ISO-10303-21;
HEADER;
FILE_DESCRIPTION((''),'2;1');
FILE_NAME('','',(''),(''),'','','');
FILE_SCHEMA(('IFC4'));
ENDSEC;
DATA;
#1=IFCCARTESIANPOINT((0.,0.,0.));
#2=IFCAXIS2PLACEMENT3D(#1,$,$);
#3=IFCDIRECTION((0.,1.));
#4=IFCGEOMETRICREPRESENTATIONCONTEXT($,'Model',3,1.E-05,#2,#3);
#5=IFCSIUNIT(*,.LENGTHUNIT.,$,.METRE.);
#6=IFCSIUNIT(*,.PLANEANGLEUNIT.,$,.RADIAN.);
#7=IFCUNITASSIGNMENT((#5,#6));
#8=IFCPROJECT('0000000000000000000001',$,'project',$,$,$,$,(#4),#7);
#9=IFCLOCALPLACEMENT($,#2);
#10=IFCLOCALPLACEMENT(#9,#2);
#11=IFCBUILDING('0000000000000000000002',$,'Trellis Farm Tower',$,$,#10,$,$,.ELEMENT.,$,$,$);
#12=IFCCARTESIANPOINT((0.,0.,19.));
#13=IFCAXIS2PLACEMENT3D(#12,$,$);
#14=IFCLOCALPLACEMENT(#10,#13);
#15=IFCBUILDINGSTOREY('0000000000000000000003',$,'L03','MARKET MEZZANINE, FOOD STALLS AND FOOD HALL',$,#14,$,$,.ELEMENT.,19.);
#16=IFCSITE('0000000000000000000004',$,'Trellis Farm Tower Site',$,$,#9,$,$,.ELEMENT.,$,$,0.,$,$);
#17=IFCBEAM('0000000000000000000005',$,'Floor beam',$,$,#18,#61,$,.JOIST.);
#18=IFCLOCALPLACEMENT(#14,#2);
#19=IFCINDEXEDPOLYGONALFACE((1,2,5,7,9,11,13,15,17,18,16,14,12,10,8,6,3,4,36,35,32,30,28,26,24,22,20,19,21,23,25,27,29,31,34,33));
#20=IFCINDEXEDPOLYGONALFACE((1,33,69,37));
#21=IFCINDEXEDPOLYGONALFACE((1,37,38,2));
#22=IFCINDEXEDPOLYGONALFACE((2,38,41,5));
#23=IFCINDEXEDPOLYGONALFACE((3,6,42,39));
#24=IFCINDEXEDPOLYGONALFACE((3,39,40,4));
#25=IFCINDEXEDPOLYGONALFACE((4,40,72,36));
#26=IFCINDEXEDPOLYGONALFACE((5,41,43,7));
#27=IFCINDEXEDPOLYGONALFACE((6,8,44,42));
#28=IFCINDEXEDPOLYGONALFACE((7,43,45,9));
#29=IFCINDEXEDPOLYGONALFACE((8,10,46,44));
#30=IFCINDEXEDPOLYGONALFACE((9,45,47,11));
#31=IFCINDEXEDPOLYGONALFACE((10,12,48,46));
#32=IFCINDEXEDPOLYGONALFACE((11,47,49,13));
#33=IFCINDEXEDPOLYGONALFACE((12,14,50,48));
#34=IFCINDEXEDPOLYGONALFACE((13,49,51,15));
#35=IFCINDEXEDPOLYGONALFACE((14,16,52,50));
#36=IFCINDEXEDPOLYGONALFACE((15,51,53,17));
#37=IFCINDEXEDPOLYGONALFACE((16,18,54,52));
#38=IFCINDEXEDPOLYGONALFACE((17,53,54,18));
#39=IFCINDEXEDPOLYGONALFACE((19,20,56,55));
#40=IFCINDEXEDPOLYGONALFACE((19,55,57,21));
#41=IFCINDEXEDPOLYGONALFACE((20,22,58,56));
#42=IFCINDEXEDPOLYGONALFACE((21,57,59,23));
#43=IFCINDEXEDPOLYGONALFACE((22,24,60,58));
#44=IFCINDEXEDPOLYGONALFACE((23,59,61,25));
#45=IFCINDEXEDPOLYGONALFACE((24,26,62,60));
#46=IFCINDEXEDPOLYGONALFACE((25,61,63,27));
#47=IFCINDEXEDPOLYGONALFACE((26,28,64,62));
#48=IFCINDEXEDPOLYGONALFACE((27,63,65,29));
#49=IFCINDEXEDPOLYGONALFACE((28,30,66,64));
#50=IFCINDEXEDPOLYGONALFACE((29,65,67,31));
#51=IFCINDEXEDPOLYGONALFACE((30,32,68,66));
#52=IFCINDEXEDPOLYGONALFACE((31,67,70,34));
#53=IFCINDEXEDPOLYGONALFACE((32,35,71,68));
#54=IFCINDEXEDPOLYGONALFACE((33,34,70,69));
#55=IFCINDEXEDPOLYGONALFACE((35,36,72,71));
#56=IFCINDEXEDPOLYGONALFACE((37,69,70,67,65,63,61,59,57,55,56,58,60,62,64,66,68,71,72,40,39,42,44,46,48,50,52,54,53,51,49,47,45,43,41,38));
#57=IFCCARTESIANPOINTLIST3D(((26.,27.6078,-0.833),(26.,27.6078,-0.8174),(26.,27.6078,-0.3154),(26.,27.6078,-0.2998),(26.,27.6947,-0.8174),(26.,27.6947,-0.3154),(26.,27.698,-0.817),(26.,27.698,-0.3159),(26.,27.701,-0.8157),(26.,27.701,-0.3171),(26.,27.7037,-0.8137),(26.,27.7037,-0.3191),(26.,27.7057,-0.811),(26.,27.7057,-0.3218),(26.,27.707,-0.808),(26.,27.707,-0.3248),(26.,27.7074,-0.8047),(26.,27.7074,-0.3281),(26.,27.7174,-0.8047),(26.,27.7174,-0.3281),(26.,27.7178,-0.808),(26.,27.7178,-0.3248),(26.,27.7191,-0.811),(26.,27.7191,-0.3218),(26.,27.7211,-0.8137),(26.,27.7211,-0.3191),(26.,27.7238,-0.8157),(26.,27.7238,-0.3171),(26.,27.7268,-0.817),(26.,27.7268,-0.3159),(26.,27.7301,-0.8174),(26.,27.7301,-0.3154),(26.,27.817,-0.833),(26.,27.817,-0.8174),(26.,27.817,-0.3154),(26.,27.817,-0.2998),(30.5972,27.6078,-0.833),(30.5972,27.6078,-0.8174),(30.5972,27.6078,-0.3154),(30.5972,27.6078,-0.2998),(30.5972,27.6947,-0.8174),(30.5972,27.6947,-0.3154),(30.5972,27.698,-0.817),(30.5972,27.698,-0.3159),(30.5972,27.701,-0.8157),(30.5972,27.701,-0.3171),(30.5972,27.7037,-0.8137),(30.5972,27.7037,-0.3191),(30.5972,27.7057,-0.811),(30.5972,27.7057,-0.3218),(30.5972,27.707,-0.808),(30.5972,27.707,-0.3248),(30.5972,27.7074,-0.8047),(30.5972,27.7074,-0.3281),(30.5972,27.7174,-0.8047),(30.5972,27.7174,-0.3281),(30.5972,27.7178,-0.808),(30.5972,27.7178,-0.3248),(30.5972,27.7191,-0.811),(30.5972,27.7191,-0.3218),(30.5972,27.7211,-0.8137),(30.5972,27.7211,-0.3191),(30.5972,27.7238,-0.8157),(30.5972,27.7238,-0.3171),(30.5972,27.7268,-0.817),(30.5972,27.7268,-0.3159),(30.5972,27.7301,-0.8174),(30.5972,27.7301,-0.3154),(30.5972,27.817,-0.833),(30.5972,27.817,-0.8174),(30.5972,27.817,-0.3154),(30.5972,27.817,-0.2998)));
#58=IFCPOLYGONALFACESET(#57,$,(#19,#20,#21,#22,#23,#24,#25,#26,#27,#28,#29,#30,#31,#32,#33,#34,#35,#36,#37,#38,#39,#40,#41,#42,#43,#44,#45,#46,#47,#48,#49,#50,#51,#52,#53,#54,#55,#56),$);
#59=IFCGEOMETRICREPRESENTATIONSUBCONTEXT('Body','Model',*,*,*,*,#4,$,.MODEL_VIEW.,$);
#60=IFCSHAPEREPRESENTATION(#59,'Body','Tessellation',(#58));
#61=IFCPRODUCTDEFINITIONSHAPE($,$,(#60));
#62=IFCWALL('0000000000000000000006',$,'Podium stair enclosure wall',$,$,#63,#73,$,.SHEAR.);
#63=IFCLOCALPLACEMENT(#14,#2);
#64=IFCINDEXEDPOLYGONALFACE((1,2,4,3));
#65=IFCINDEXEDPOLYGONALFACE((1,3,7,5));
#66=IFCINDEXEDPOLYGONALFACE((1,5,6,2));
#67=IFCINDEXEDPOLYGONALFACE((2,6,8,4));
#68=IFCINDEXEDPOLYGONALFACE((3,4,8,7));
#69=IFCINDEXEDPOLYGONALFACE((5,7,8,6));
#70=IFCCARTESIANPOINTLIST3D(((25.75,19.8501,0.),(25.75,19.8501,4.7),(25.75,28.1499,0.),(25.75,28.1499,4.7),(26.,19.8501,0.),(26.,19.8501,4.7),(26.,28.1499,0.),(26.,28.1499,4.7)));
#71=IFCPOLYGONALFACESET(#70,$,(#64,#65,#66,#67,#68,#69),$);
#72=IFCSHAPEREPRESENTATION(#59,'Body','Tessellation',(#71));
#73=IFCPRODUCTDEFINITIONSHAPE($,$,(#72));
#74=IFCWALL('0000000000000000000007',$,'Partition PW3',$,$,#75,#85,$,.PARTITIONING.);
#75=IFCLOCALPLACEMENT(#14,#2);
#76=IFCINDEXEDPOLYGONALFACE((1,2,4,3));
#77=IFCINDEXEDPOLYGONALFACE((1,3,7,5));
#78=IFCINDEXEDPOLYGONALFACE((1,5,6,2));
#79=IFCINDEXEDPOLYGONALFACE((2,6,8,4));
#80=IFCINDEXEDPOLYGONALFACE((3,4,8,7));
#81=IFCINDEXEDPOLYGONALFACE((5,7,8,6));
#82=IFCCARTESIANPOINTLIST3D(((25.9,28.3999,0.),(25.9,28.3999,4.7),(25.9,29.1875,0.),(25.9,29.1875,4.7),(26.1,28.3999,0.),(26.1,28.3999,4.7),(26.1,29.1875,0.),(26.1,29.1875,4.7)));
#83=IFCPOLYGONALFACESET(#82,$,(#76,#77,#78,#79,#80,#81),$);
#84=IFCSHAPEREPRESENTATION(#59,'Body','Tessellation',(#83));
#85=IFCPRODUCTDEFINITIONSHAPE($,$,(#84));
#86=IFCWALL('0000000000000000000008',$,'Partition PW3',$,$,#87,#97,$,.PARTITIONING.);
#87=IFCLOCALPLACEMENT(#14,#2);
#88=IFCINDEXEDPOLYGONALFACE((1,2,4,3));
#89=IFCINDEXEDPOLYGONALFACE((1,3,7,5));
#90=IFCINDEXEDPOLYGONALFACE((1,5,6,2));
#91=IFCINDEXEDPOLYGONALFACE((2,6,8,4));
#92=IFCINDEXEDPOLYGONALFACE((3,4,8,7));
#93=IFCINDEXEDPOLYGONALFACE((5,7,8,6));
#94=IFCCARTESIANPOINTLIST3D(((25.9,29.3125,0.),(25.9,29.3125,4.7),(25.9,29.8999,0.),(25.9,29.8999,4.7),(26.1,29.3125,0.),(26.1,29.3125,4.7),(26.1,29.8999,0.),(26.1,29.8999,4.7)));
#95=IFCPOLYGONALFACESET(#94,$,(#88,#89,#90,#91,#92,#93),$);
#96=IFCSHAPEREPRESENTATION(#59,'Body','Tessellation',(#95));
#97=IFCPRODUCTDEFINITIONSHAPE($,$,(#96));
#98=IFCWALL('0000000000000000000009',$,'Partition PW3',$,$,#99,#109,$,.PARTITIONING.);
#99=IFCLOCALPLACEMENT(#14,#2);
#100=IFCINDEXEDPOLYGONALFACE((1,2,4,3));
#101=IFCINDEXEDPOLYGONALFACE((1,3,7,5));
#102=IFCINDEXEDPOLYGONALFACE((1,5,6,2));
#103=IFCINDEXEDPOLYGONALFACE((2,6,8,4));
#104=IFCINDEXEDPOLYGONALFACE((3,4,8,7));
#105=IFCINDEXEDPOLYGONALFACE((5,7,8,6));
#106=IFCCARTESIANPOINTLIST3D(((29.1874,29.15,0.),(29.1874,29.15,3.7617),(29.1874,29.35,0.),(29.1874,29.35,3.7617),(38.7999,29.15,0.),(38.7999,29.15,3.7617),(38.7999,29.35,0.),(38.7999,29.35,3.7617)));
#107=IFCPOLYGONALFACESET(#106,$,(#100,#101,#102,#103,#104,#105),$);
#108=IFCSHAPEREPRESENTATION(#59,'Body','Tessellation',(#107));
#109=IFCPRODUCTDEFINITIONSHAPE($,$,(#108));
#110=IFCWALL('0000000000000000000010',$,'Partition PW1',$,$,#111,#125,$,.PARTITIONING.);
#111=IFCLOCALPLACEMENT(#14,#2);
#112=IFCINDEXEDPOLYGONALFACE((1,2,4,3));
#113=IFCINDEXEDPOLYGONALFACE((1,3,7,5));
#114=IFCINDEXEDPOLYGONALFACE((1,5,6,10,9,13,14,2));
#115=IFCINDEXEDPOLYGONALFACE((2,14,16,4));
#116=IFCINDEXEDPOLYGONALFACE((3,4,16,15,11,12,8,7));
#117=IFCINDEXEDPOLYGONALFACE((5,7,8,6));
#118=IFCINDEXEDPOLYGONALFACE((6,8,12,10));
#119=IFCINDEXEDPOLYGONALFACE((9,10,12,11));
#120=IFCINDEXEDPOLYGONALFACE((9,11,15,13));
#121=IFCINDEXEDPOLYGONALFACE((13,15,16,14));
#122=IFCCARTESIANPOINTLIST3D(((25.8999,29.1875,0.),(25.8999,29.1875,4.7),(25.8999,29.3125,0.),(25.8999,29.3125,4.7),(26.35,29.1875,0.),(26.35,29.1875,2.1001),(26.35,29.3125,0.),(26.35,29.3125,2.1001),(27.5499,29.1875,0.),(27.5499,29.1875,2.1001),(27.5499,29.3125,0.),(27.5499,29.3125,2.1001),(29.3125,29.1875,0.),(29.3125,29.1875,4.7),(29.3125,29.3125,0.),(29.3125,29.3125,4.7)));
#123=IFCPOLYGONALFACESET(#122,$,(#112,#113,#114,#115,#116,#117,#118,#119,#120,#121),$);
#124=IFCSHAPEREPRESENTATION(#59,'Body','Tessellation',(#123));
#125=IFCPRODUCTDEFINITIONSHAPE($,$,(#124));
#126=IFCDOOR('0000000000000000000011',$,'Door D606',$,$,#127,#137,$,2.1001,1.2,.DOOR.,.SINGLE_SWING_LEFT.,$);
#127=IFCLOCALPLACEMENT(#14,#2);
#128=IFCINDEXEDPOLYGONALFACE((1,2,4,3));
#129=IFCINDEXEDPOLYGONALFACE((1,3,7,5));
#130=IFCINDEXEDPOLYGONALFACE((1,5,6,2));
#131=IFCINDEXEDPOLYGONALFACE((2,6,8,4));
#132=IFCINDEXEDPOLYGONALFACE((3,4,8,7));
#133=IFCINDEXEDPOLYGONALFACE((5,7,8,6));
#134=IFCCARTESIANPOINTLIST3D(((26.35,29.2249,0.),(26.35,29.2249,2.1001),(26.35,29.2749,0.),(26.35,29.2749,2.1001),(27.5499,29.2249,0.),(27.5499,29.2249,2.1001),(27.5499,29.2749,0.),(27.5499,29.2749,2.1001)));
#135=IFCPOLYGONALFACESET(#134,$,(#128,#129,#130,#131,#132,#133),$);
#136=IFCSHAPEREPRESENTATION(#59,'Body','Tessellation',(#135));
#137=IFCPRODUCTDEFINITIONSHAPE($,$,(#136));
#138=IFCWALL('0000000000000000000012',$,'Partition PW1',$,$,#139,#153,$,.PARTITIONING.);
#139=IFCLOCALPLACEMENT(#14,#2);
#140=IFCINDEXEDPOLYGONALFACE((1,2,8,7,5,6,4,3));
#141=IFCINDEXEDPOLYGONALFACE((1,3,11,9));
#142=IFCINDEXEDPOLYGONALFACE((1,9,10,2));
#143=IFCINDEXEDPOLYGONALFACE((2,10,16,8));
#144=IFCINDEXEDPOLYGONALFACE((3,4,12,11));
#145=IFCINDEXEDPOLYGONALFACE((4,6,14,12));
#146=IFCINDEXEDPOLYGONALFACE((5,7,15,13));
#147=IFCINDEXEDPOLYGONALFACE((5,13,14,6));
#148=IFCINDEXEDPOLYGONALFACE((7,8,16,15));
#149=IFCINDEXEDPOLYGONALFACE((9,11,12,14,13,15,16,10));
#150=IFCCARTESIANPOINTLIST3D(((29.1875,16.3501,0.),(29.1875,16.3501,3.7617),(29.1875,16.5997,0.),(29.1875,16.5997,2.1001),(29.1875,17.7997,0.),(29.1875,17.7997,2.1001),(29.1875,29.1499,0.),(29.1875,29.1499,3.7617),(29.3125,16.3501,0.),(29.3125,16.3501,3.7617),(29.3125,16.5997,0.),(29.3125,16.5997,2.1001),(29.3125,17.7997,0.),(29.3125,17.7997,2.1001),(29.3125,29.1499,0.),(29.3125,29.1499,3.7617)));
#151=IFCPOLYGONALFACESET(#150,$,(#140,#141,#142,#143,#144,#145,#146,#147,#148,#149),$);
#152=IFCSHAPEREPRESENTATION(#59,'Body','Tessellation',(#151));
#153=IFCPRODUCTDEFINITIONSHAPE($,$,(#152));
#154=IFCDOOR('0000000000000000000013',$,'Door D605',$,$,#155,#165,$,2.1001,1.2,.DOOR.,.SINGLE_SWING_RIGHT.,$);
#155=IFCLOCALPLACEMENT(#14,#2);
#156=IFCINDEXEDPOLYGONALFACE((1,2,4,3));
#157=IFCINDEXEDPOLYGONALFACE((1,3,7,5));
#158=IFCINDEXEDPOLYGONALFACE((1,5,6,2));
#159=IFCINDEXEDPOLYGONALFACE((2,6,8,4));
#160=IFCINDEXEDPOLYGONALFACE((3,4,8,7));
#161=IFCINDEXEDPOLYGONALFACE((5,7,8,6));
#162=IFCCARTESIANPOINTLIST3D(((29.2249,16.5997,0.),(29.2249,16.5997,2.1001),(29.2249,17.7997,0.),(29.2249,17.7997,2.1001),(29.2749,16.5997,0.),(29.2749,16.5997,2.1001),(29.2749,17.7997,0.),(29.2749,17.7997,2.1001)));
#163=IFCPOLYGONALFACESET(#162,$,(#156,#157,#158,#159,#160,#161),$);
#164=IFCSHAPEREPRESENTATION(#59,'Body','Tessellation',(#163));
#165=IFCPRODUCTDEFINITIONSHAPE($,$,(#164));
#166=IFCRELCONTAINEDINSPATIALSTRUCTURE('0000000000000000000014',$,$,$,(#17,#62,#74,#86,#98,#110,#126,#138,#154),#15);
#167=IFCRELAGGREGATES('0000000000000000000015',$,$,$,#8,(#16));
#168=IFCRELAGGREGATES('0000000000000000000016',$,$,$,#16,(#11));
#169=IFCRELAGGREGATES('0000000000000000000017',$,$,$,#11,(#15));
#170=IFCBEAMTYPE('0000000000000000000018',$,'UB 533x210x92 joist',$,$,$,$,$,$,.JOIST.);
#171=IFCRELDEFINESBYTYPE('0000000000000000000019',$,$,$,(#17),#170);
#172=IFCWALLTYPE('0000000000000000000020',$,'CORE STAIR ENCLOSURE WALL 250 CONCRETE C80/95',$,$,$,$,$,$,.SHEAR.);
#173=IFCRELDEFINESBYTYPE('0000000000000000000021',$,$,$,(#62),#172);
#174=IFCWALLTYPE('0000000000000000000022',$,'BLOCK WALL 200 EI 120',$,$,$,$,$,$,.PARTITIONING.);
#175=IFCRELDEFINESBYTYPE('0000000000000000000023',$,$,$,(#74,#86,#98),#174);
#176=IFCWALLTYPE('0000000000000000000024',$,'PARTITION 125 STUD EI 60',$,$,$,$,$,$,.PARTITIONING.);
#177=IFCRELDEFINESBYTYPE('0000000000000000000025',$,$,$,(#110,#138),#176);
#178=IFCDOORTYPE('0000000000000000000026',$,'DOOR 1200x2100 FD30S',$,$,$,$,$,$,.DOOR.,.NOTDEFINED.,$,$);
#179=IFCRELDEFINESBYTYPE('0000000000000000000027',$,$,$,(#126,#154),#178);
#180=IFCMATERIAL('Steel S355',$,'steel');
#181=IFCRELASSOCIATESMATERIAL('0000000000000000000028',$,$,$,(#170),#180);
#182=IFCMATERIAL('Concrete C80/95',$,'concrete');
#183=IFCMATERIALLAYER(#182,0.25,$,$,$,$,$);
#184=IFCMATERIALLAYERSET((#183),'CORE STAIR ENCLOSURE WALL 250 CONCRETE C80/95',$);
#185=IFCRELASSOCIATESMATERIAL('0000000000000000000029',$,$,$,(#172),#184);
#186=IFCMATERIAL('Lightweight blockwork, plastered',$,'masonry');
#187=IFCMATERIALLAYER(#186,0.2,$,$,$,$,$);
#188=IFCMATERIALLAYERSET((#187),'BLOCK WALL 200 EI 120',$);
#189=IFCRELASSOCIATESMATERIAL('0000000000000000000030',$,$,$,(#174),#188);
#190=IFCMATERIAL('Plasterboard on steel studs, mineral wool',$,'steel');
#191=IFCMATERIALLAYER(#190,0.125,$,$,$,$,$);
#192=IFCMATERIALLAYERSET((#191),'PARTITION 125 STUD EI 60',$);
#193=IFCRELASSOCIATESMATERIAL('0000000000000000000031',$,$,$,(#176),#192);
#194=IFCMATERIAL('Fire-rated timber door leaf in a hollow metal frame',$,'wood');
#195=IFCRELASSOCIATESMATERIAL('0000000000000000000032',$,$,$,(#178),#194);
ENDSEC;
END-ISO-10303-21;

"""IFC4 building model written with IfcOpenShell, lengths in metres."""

from ifc_helpers import new_model, si_unit, direction, frame, frame_2d, origin, origin_2d, place, context, subcontext, project, spatial, rectangle, i_section, extrude, source, transform, mapped, material, layer, layer_set, material_profile, profile_set, type_object, element, fill, save


model = new_model("IFC4")

# Units and contexts
model_context = context("Model", 3, precision=1e-05, world=origin(), true_north=direction((0.0, 1.0)))
body_context = subcontext(model_context, "Body", "Model", "MODEL_VIEW")
ifc_project = project(units=[si_unit("LENGTHUNIT", "METRE"), si_unit("PLANEANGLEUNIT", "RADIAN")], contexts=[model_context])

# Site, building, storey
site_placement = place(None, origin())
site = spatial("IfcSite", under=ifc_project, at=site_placement, Name="Trellis Farm Tower Site", CompositionType="ELEMENT", RefElevation=0.0)
building_placement = place(site_placement, origin())
building = spatial("IfcBuilding", under=site, at=building_placement, Name="Trellis Farm Tower", CompositionType="ELEMENT")
storey_placement = place(building_placement, frame((0.0, 0.0, 19.0)))
storey = spatial("IfcBuildingStorey", under=building, at=storey_placement, Name="L03", Description="MARKET MEZZANINE, FOOD STALLS AND FOOD HALL", CompositionType="ELEMENT", Elevation=19.0)

# Beam
ifc_material_1 = material(Name="Steel S355", Category="steel")
ifc_material_profile_1 = material_profile(ifc_material_1, i_section(OverallWidth=0.2092, OverallDepth=0.5332, WebThickness=0.01, FlangeThickness=0.0156, FilletRadius=0.0127, at=origin_2d()), Name="UB 533x210x92")
ifc_profile_set_1 = profile_set([ifc_material_profile_1], Name="Steel S355")
beam_type_1 = type_object("IfcBeamType", Name="UB 533x210x92 joist", PredefinedType="JOIST", material=ifc_profile_set_1)
shared_shape_1 = source(origin(), body_context, "Body", "SweptSolid", [
    extrude(i_section(OverallWidth=0.2092, OverallDepth=0.5332, WebThickness=0.01, FlangeThickness=0.0156, FilletRadius=0.0127, at=origin_2d()), origin(), (0.0, 0.0, 1.0), 4.5972),
])
for number, where, z_axis, x_axis, name in (
    (1, (26.0, 27.7124, -0.5664), (1.0, 0.0, 0.0), (0.0, 1.0, 0.0), "Floor beam"),
):
    element("IfcBeam", number, at=place(storey_placement, frame(where, z_axis=z_axis, x_axis=x_axis)), inside=storey, type_object=beam_type_1, Name=name, PredefinedType="JOIST", context=body_context, shape_type="MappedRepresentation", body=[
        mapped(shared_shape_1, transform((0.0, 0.0, 0.0))),
    ])

# Walls
ifc_material_2 = material(Name="Concrete C80/95", Category="concrete")
ifc_layer_1 = layer(ifc_material_2, 0.25)
ifc_layer_set_1 = layer_set([ifc_layer_1], Name="CORE STAIR ENCLOSURE WALL 250 CONCRETE C80/95")
wall_type_1 = type_object("IfcWallType", Name="CORE STAIR ENCLOSURE WALL 250 CONCRETE C80/95", PredefinedType="SHEAR", material=ifc_layer_set_1)
shared_shape_2 = source(origin(), body_context, "Body", "SweptSolid", [
    extrude(rectangle(XDim=8.2998, YDim=0.25, at=frame_2d((4.1499, 0.0))), origin(), (0.0, 0.0, 1.0), 4.7),
])
wall_1_placement = place(storey_placement, frame((25.875, 19.8501, 0.0), z_axis=(0.0, 0.0, 1.0), x_axis=(0.0, 1.0, 0.0)))
element("IfcWall", 2, at=wall_1_placement, inside=storey, type_object=wall_type_1, Name="Podium stair enclosure wall", PredefinedType="SHEAR", context=body_context, shape_type="MappedRepresentation", body=[
    mapped(shared_shape_2, transform((0.0, 0.0, 0.0))),
])
ifc_material_3 = material(Name="Lightweight blockwork, plastered", Category="masonry")
ifc_layer_2 = layer(ifc_material_3, 0.2)
ifc_layer_set_2 = layer_set([ifc_layer_2], Name="BLOCK WALL 200 EI 120")
wall_type_2 = type_object("IfcWallType", Name="BLOCK WALL 200 EI 120", PredefinedType="PARTITIONING", material=ifc_layer_set_2)
shared_shape_3 = source(origin(), body_context, "Body", "SweptSolid", [
    extrude(rectangle(XDim=0.7876, YDim=0.2, at=frame_2d((0.3938, 0.0))), origin(), (0.0, 0.0, 1.0), 4.7),
])
wall_2_placement = place(storey_placement, frame((26.0, 28.3999, 0.0), z_axis=(0.0, 0.0, 1.0), x_axis=(0.0, 1.0, 0.0)))
element("IfcWall", 3, at=wall_2_placement, inside=storey, type_object=wall_type_2, Name="Partition PW3", PredefinedType="PARTITIONING", context=body_context, shape_type="MappedRepresentation", body=[
    mapped(shared_shape_3, transform((0.0, 0.0, 0.0))),
])
shared_shape_4 = source(origin(), body_context, "Body", "SweptSolid", [
    extrude(rectangle(XDim=0.5874, YDim=0.2, at=frame_2d((0.2937, 0.0))), origin(), (0.0, 0.0, 1.0), 4.7),
])
wall_3_placement = place(storey_placement, frame((26.0, 29.8999, 0.0), z_axis=(0.0, 0.0, 1.0), x_axis=(0.0, -1.0, 0.0)))
element("IfcWall", 4, at=wall_3_placement, inside=storey, type_object=wall_type_2, Name="Partition PW3", PredefinedType="PARTITIONING", context=body_context, shape_type="MappedRepresentation", body=[
    mapped(shared_shape_4, transform((0.0, 0.0, 0.0))),
])
shared_shape_5 = source(origin(), body_context, "Body", "SweptSolid", [
    extrude(rectangle(XDim=9.6125, YDim=0.2, at=frame_2d((4.8062, 0.0))), origin(), (0.0, 0.0, 1.0), 3.7617),
])
wall_4_placement = place(storey_placement, frame((29.1875, 29.25, 0.0), z_axis=(0.0, 0.0, 1.0), x_axis=(1.0, 0.0, 0.0)))
element("IfcWall", 5, at=wall_4_placement, inside=storey, type_object=wall_type_2, Name="Partition PW3", PredefinedType="PARTITIONING", context=body_context, shape_type="MappedRepresentation", body=[
    mapped(shared_shape_5, transform((0.0, 0.0, 0.0))),
])

# Walls, openings, doors
ifc_material_4 = material(Name="Plasterboard on steel studs, mineral wool", Category="steel")
ifc_layer_3 = layer(ifc_material_4, 0.125)
ifc_layer_set_3 = layer_set([ifc_layer_3], Name="PARTITION 125 STUD EI 60")
wall_type_3 = type_object("IfcWallType", Name="PARTITION 125 STUD EI 60", PredefinedType="PARTITIONING", material=ifc_layer_set_3)
shared_shape_6 = source(origin(), body_context, "Body", "SweptSolid", [
    extrude(rectangle(XDim=3.4126, YDim=0.125, at=frame_2d((1.7063, 0.0))), origin(), (0.0, 0.0, 1.0), 4.7),
])
wall_5_placement = place(storey_placement, frame((25.8999, 29.25, 0.0), z_axis=(0.0, 0.0, 1.0), x_axis=(1.0, 0.0, 0.0)))
wall_5 = element("IfcWall", 6, at=wall_5_placement, inside=storey, type_object=wall_type_3, Name="Partition PW1", PredefinedType="PARTITIONING", context=body_context, shape_type="MappedRepresentation", body=[
    mapped(shared_shape_6, transform((0.0, 0.0, 0.0))),
])
shared_shape_7 = source(origin(), body_context, "Body", "SweptSolid", [
    extrude(rectangle(XDim=1.2, YDim=2.1001, at=frame_2d((0.6001, 1.05))), frame((0.0, 0.0725, 0.0), z_axis=(0.0, -1.0, 0.0), x_axis=(1.0, 0.0, 0.0)), (0.0, 0.0, 1.0), 0.145),
])
opening_1_placement = place(wall_5_placement, frame((0.45, 0.0, 0.0)))
opening_1 = element("IfcOpeningElement", 7, at=opening_1_placement, cuts=wall_5, PredefinedType="OPENING", context=body_context, shape_type="MappedRepresentation", body=[
    mapped(shared_shape_7, transform((0.0, 0.0, 0.0))),
])
ifc_material_5 = material(Name="Fire-rated timber door leaf in a hollow metal frame", Category="wood")
door_type = type_object("IfcDoorType", Name="DOOR 1200x2100 FD30S", OperationType="NOTDEFINED", PredefinedType="DOOR", material=ifc_material_5)
shared_shape_8 = source(origin(), body_context, "Body", "SweptSolid", [
    extrude(rectangle(XDim=1.2, YDim=2.1001, at=frame_2d((0.6001, 1.05))), frame((0.0, 0.0249, 0.0), z_axis=(0.0, -1.0, 0.0), x_axis=(1.0, 0.0, 0.0)), (0.0, 0.0, 1.0), 0.05),
])
door_1_placement = place(opening_1_placement, origin())
door_1 = element("IfcDoor", 8, at=door_1_placement, inside=storey, type_object=door_type, Name="Door D606", OperationType="SINGLE_SWING_LEFT", OverallHeight=2.1001, OverallWidth=1.2, PredefinedType="DOOR", context=body_context, shape_type="MappedRepresentation", body=[
    mapped(shared_shape_8, transform((0.0, 0.0, 0.0))),
])
fill(opening_1, door_1)
shared_shape_9 = source(origin(), body_context, "Body", "SweptSolid", [
    extrude(rectangle(XDim=12.7998, YDim=0.125, at=frame_2d((6.3999, 0.0))), origin(), (0.0, 0.0, 1.0), 3.7617),
])
wall_6_placement = place(storey_placement, frame((29.25, 29.1499, 0.0), z_axis=(0.0, 0.0, 1.0), x_axis=(0.0, -1.0, 0.0)))
wall_6 = element("IfcWall", 9, at=wall_6_placement, inside=storey, type_object=wall_type_3, Name="Partition PW1", PredefinedType="PARTITIONING", context=body_context, shape_type="MappedRepresentation", body=[
    mapped(shared_shape_9, transform((0.0, 0.0, 0.0))),
])
opening_2_placement = place(wall_6_placement, frame((11.3501, 0.0, 0.0)))
opening_2 = element("IfcOpeningElement", 10, at=opening_2_placement, cuts=wall_6, PredefinedType="OPENING", context=body_context, shape_type="MappedRepresentation", body=[
    mapped(shared_shape_7, transform((0.0, 0.0, 0.0))),
])
door_2_placement = place(opening_2_placement, origin())
door_2 = element("IfcDoor", 11, at=door_2_placement, inside=storey, type_object=door_type, Name="Door D605", OperationType="SINGLE_SWING_RIGHT", OverallHeight=2.1001, OverallWidth=1.2, PredefinedType="DOOR", context=body_context, shape_type="MappedRepresentation", body=[
    mapped(shared_shape_8, transform((0.0, 0.0, 0.0))),
])
fill(opening_2, door_2)

save(model, "model.ifc")
